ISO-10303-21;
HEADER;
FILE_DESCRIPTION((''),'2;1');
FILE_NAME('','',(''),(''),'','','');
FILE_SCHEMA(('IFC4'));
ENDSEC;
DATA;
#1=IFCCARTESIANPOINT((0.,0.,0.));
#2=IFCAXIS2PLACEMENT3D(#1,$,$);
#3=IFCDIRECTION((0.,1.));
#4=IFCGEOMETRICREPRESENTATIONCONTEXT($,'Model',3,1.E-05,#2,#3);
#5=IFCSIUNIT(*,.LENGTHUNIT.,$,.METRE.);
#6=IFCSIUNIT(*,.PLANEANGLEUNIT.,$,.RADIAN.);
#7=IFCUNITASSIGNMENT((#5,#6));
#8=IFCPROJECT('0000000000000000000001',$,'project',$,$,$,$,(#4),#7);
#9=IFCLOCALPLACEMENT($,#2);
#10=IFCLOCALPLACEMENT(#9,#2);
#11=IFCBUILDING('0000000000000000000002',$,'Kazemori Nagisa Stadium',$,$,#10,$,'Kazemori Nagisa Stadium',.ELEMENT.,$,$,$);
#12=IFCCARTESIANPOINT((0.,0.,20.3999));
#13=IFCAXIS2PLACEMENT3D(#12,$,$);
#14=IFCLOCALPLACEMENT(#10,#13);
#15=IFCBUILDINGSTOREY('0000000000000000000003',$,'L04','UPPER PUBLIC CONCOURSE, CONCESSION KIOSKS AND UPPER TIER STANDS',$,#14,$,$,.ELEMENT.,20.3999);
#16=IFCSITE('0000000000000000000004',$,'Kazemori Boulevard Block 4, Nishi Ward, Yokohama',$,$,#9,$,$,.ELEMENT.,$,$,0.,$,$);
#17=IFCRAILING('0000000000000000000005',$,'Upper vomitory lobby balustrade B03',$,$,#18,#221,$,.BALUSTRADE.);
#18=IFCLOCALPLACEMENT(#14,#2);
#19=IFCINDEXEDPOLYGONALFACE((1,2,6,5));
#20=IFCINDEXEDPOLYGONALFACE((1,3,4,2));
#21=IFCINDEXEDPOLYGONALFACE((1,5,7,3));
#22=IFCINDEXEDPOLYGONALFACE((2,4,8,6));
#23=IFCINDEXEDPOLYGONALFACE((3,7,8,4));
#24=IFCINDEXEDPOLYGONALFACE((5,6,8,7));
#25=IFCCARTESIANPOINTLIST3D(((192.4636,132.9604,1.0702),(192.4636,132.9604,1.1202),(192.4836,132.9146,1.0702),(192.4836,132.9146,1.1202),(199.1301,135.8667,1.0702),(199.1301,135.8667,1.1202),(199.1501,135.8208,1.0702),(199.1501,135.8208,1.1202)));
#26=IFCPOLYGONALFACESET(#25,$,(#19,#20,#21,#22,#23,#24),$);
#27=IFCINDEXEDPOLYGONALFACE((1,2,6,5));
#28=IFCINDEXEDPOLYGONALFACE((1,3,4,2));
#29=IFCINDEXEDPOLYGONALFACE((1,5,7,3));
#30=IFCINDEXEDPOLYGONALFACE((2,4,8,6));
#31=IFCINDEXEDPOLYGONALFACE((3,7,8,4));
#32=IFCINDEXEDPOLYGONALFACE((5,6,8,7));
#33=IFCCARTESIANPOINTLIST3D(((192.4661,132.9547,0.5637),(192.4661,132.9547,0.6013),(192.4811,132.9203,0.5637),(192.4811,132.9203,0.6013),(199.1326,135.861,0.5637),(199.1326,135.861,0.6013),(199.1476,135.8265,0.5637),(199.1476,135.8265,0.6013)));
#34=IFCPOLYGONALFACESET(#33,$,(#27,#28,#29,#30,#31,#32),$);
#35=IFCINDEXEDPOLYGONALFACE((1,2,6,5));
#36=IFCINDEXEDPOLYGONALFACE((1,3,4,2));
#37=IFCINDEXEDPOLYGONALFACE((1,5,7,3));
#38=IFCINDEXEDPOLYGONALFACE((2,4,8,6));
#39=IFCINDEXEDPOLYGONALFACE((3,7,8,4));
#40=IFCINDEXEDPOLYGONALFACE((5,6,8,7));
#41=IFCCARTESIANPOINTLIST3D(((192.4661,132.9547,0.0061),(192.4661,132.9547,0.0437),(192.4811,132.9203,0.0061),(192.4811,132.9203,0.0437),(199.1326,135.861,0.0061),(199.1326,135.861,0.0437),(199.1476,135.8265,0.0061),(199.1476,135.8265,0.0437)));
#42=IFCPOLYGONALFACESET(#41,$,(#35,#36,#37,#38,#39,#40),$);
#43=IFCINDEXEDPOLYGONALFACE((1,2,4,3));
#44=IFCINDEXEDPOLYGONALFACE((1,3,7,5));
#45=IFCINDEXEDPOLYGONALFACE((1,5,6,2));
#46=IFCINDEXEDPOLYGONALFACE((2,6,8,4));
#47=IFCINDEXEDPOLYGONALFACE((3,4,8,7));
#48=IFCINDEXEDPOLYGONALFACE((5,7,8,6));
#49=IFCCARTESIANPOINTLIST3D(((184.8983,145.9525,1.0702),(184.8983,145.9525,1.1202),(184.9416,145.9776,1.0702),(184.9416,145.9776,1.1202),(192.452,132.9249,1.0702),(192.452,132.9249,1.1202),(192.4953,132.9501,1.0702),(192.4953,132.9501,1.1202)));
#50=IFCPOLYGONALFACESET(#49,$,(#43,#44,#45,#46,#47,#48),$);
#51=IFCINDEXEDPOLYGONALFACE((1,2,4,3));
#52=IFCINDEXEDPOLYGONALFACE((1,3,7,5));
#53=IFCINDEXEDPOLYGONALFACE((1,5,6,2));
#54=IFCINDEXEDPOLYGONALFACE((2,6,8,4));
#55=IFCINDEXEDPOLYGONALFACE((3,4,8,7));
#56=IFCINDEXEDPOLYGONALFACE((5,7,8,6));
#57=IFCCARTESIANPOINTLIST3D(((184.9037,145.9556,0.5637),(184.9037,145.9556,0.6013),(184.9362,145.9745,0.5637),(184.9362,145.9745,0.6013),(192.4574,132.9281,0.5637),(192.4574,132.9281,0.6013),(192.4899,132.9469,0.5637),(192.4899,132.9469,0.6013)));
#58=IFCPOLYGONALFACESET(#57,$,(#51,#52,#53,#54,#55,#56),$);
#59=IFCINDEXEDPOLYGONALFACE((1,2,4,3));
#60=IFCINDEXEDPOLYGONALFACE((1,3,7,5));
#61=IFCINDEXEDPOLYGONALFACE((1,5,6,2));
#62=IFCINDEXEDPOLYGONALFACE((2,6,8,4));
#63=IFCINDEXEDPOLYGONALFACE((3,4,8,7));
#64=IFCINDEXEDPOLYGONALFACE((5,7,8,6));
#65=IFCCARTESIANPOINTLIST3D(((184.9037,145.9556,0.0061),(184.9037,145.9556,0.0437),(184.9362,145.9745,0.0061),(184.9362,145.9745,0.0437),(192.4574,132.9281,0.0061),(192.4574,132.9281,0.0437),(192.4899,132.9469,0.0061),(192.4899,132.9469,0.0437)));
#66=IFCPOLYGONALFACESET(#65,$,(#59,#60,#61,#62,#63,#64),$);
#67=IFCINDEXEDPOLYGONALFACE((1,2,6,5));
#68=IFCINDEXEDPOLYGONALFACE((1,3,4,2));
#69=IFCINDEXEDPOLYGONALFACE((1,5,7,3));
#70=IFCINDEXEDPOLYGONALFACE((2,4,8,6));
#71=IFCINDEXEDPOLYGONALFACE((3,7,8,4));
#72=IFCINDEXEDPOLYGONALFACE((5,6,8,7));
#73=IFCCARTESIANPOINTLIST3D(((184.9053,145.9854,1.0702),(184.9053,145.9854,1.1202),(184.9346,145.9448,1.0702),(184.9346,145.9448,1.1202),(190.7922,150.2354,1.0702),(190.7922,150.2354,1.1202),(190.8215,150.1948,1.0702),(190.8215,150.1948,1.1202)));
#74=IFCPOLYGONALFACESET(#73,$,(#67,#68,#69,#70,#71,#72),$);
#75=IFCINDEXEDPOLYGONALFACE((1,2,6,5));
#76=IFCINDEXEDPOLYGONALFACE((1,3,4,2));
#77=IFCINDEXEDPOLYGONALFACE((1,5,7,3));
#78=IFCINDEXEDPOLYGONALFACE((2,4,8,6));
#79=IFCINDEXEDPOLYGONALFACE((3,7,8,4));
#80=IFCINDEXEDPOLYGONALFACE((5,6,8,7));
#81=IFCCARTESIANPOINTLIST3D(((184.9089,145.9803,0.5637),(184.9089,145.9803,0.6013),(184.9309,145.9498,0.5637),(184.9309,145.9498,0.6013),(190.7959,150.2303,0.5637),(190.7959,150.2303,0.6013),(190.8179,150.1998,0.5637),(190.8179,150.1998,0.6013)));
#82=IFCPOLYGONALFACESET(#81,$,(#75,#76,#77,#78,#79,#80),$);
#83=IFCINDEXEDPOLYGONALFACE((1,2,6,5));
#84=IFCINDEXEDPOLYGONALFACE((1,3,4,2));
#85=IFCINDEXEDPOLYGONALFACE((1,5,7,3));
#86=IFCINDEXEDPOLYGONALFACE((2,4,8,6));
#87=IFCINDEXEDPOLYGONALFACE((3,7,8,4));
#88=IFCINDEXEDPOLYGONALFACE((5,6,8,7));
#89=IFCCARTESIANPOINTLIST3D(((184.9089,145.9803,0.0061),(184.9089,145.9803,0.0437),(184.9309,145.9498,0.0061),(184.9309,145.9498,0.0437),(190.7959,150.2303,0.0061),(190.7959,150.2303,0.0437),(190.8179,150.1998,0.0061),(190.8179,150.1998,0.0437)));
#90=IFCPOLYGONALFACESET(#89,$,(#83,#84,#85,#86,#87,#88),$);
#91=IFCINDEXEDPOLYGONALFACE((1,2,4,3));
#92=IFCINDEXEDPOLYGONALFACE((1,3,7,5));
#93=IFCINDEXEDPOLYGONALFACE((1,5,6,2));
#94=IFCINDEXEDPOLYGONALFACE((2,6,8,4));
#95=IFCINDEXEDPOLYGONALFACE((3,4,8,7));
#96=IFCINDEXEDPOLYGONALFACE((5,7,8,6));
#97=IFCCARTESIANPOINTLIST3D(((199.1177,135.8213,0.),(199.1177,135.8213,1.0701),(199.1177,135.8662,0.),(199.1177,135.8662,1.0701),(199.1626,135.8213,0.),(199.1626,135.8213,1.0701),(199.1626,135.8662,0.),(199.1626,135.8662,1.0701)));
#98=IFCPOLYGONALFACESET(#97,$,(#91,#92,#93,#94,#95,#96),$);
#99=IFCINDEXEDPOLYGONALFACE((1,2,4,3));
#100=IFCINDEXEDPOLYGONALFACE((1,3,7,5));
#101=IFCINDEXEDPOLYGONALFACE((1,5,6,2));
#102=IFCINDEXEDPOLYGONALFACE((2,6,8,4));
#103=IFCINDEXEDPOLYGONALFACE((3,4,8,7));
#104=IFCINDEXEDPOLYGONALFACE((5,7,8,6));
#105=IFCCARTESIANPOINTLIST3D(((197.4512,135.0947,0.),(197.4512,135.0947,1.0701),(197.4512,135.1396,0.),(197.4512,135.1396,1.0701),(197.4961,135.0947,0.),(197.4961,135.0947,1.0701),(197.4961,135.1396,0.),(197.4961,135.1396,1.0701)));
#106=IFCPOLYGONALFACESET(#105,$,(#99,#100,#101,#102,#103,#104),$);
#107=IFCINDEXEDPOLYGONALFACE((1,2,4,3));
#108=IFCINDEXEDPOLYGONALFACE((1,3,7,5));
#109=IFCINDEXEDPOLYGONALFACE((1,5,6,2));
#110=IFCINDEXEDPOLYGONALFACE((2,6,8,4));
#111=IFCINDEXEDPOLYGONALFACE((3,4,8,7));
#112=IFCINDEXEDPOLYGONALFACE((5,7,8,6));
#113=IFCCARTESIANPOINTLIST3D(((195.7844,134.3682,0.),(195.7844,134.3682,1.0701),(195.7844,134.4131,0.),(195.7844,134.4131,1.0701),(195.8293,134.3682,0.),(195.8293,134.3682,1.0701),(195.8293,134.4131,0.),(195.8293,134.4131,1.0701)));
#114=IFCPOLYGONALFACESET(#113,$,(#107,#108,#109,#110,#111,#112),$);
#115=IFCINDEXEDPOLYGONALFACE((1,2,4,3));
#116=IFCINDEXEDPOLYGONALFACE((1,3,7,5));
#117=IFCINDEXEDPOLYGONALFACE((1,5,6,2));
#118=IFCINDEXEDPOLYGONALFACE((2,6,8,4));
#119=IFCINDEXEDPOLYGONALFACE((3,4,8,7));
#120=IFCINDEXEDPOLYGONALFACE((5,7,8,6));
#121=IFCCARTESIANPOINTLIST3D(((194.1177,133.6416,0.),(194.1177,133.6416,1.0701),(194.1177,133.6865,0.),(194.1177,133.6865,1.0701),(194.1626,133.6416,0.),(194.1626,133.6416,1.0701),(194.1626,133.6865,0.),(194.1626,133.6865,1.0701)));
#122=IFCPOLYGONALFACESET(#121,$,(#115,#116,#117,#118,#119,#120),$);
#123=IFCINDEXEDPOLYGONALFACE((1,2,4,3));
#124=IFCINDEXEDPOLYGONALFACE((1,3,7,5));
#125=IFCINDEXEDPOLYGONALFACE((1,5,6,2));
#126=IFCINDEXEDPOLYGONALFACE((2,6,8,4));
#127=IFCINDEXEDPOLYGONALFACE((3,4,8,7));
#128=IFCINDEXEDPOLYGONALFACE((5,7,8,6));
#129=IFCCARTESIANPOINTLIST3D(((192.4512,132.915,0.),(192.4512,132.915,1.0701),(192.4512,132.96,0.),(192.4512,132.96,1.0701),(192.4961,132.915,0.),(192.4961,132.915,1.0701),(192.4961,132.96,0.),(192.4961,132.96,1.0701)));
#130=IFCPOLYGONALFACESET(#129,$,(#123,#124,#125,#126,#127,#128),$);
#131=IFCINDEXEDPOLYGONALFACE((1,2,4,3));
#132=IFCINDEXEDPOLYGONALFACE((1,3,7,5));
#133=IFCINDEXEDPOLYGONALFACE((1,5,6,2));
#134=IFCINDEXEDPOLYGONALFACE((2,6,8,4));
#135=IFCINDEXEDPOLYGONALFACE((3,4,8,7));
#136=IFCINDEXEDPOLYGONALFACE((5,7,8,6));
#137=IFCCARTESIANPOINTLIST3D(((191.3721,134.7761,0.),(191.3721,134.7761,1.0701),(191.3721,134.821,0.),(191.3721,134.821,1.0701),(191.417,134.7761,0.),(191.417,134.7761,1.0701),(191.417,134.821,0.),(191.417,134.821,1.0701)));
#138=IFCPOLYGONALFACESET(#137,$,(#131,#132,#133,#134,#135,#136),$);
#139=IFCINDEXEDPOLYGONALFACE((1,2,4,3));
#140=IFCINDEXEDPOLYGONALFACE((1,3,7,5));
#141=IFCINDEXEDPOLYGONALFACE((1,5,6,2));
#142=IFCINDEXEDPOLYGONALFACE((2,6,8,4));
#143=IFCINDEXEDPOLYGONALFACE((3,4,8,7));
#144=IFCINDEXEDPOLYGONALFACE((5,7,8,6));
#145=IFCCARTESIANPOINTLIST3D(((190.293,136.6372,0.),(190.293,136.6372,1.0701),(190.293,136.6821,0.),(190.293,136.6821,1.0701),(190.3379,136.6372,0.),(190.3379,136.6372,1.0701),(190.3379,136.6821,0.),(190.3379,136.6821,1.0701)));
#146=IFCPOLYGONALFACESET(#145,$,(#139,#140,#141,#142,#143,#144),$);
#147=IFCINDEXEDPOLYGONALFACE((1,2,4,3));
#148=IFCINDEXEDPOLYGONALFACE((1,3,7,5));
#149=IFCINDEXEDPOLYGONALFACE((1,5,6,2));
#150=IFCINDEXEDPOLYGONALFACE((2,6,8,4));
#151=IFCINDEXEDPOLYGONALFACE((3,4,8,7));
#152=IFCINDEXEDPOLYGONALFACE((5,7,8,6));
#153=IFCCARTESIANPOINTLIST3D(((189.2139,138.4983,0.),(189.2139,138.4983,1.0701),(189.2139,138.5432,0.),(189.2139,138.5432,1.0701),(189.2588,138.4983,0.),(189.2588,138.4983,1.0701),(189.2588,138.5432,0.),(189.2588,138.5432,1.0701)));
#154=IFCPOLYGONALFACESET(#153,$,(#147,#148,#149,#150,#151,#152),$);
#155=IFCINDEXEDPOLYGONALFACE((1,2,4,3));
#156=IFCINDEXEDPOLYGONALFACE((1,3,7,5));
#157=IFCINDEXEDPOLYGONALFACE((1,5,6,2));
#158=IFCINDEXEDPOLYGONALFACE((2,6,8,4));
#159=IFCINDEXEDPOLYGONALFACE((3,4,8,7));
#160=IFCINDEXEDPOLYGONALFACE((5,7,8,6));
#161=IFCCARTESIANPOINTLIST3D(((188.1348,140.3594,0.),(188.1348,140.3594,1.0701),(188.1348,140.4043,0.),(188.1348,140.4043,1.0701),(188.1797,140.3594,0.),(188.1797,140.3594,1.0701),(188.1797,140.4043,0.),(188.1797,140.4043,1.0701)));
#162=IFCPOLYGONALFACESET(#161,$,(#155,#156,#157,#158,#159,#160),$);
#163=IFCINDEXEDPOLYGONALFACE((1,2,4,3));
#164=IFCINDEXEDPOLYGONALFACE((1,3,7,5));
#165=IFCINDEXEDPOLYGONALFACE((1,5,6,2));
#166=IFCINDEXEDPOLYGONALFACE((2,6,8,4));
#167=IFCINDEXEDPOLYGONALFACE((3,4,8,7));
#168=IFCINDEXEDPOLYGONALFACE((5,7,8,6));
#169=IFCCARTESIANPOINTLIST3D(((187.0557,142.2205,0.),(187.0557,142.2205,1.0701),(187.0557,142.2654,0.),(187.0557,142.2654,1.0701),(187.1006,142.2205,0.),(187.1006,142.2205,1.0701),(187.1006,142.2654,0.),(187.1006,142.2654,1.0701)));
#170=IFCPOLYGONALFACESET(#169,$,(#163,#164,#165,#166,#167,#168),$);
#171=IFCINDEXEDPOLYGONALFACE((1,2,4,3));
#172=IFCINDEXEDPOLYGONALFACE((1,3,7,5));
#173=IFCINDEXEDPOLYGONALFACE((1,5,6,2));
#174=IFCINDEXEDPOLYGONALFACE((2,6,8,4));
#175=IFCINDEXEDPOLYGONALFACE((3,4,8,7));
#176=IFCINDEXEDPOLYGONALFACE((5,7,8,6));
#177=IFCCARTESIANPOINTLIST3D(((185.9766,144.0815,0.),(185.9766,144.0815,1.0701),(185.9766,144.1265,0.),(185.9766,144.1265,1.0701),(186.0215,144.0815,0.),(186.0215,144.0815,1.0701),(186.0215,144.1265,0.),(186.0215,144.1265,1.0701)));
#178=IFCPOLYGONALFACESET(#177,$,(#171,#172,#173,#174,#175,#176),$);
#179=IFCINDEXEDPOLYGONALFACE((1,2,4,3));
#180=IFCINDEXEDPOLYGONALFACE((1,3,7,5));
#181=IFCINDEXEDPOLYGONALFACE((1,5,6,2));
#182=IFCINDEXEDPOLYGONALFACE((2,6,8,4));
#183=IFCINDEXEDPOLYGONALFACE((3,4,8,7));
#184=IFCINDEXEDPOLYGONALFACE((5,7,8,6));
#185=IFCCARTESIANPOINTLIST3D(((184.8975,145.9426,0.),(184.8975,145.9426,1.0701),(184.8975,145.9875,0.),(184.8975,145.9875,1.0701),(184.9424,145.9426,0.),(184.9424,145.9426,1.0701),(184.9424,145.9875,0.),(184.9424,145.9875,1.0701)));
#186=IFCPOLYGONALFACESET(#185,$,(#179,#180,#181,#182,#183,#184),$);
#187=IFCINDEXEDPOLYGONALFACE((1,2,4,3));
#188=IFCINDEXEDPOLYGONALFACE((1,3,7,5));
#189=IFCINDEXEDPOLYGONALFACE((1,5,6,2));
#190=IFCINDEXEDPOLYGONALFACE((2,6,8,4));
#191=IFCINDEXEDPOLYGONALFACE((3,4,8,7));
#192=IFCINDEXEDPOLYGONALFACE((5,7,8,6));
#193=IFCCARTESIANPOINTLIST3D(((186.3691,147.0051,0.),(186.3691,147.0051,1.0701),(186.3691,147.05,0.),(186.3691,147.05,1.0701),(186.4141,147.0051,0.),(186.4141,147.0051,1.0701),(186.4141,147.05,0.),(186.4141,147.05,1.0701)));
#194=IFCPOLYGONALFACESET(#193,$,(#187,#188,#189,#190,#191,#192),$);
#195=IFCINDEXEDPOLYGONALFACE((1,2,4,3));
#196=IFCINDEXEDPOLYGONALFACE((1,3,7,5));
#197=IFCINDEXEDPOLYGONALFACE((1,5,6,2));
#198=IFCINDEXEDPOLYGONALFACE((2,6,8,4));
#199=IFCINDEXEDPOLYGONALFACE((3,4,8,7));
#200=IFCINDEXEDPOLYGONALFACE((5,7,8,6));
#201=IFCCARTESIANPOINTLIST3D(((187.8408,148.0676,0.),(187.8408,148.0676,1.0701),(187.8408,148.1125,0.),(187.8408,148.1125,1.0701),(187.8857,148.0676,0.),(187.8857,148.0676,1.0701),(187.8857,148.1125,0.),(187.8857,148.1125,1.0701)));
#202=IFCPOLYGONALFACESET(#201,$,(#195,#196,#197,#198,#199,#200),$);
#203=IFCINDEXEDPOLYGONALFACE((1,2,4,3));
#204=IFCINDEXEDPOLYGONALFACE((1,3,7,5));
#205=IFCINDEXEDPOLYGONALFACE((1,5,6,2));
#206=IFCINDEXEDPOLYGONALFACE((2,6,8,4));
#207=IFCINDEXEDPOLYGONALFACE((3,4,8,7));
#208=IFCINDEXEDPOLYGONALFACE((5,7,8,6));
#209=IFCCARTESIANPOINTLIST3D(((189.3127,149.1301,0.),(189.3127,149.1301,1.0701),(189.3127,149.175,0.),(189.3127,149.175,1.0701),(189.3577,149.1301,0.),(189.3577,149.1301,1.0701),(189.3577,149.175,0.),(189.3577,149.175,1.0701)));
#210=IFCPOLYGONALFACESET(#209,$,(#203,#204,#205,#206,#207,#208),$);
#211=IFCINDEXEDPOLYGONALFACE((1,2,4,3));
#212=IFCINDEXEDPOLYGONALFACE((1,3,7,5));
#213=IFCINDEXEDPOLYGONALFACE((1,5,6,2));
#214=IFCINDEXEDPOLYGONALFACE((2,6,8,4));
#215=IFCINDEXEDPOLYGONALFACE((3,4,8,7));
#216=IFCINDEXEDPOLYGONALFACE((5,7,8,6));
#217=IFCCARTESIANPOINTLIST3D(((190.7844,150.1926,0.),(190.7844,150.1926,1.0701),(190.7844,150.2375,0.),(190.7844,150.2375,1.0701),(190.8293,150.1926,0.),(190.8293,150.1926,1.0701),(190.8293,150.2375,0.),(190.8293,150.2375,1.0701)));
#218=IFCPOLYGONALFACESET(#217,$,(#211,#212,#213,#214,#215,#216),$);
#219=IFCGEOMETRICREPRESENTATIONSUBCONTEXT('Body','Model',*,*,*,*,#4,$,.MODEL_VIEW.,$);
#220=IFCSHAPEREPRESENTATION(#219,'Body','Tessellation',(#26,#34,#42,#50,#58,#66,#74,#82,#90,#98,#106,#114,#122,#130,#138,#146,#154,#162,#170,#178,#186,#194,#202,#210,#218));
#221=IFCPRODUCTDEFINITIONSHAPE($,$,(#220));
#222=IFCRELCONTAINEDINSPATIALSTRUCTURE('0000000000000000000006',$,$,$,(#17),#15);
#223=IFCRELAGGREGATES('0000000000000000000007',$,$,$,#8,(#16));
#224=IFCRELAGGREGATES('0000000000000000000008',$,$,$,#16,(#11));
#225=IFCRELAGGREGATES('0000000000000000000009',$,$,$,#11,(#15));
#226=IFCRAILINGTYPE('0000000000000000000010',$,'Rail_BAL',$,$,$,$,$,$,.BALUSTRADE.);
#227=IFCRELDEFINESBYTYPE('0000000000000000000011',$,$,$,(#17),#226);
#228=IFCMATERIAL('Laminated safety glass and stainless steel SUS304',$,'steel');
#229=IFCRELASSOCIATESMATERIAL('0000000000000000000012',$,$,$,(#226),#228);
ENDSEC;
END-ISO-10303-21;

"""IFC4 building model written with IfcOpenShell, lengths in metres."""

from ifc_helpers import new_model, si_unit, direction, frame, origin, origin_2d, place, context, subcontext, project, spatial, rectangle, extrude, material, type_object, element, save


model = new_model("IFC4")

# Units and contexts
model_context = context("Model", 3, precision=1e-05, world=origin(), true_north=direction((0.0, 1.0)))
body_context = subcontext(model_context, "Body", "Model", "MODEL_VIEW")
ifc_project = project(units=[si_unit("LENGTHUNIT", "METRE"), si_unit("PLANEANGLEUNIT", "RADIAN")], contexts=[model_context])

# Site, building, storey
site_placement = place(None, origin())
site = spatial("IfcSite", under=ifc_project, at=site_placement, Name="Kazemori Boulevard Block 4, Nishi Ward, Yokohama", CompositionType="ELEMENT", RefElevation=0.0)
building_placement = place(site_placement, origin())
building = spatial("IfcBuilding", under=site, at=building_placement, Name="Kazemori Nagisa Stadium", LongName="Kazemori Nagisa Stadium", CompositionType="ELEMENT")
storey_placement = place(building_placement, frame((0.0, 0.0, 20.3999)))
storey = spatial("IfcBuildingStorey", under=building, at=storey_placement, Name="L04", Description="UPPER PUBLIC CONCOURSE, CONCESSION KIOSKS AND UPPER TIER STANDS", CompositionType="ELEMENT", Elevation=20.3999)

# Railing
ifc_material_1 = material(Name="Laminated safety glass and stainless steel SUS304", Category="steel")
railing_type_1 = type_object("IfcRailingType", Name="Rail_BAL", PredefinedType="BALUSTRADE", material=ifc_material_1)
railing_1_placement = place(storey_placement, frame((199.1401, 135.8438, 0.0)))
element("IfcRailing", 1, at=railing_1_placement, inside=storey, type_object=railing_type_1, Name="Upper vomitory lobby balustrade B03", PredefinedType="BALUSTRADE", context=body_context, shape_type="SweptSolid", body=[
    extrude(rectangle(XDim=0.05, YDim=0.05, at=origin_2d()), frame((0.0, 0.0, 1.0952), z_axis=(-0.916679, -0.399624, 0.0), x_axis=(0.399624, -0.916679, 0.0)), (0.0, 0.0, 1.0), 7.2725),
    extrude(rectangle(XDim=0.0376, YDim=0.0376, at=origin_2d()), frame((0.0, 0.0, 0.5825), z_axis=(-0.916679, -0.399624, 0.0), x_axis=(0.399624, -0.916679, 0.0)), (0.0, 0.0, 1.0), 7.2725),
    extrude(rectangle(XDim=0.0376, YDim=0.0376, at=origin_2d()), frame((0.0, 0.0, 0.0249), z_axis=(-0.916679, -0.399624, 0.0), x_axis=(0.399624, -0.916679, 0.0)), (0.0, 0.0, 1.0), 7.2725),
    extrude(rectangle(XDim=0.05, YDim=0.05, at=origin_2d()), frame((-6.6665, -2.9062, 1.0952), z_axis=(-0.501604, 0.865097, 0.0), x_axis=(-0.865097, -0.501604, 0.0)), (0.0, 0.0, 1.0), 15.0591),
    extrude(rectangle(XDim=0.0376, YDim=0.0376, at=origin_2d()), frame((-6.6665, -2.9062, 0.5825), z_axis=(-0.501604, 0.865097, 0.0), x_axis=(-0.865097, -0.501604, 0.0)), (0.0, 0.0, 1.0), 15.0591),
    extrude(rectangle(XDim=0.0376, YDim=0.0376, at=origin_2d()), frame((-6.6665, -2.9062, 0.0249), z_axis=(-0.501604, 0.865097, 0.0), x_axis=(-0.865097, -0.501604, 0.0)), (0.0, 0.0, 1.0), 15.0591),
    extrude(rectangle(XDim=0.05, YDim=0.05, at=origin_2d()), frame((-14.2202, 10.1213, 1.0952), z_axis=(0.81079, 0.585337, 0.0), x_axis=(-0.585337, 0.81079, 0.0)), (0.0, 0.0, 1.0), 7.2607),
    extrude(rectangle(XDim=0.0376, YDim=0.0376, at=origin_2d()), frame((-14.2202, 10.1213, 0.5825), z_axis=(0.81079, 0.585337, 0.0), x_axis=(-0.585337, 0.81079, 0.0)), (0.0, 0.0, 1.0), 7.2607),
    extrude(rectangle(XDim=0.0376, YDim=0.0376, at=origin_2d()), frame((-14.2202, 10.1213, 0.0249), z_axis=(0.81079, 0.585337, 0.0), x_axis=(-0.585337, 0.81079, 0.0)), (0.0, 0.0, 1.0), 7.2607),
    extrude(rectangle(XDim=0.0449, YDim=0.0449, at=origin_2d()), origin(), (0.0, 0.0, 1.0), 1.0701),
    extrude(rectangle(XDim=0.0449, YDim=0.0449, at=origin_2d()), frame((-1.6665, -0.7266, 0.0)), (0.0, 0.0, 1.0), 1.0701),
    extrude(rectangle(XDim=0.0449, YDim=0.0449, at=origin_2d()), frame((-3.3333, -1.4531, 0.0)), (0.0, 0.0, 1.0), 1.0701),
    extrude(rectangle(XDim=0.0449, YDim=0.0449, at=origin_2d()), frame((-5.0, -2.1797, 0.0)), (0.0, 0.0, 1.0), 1.0701),
    extrude(rectangle(XDim=0.0449, YDim=0.0449, at=origin_2d()), frame((-6.6665, -2.9062, 0.0)), (0.0, 0.0, 1.0), 1.0701),
    extrude(rectangle(XDim=0.0449, YDim=0.0449, at=origin_2d()), frame((-7.7456, -1.0452, 0.0)), (0.0, 0.0, 1.0), 1.0701),
    extrude(rectangle(XDim=0.0449, YDim=0.0449, at=origin_2d()), frame((-8.8247, 0.8159, 0.0)), (0.0, 0.0, 1.0), 1.0701),
    extrude(rectangle(XDim=0.0449, YDim=0.0449, at=origin_2d()), frame((-9.9038, 2.677, 0.0)), (0.0, 0.0, 1.0), 1.0701),
    extrude(rectangle(XDim=0.0449, YDim=0.0449, at=origin_2d()), frame((-10.9829, 4.5381, 0.0)), (0.0, 0.0, 1.0), 1.0701),
    extrude(rectangle(XDim=0.0449, YDim=0.0449, at=origin_2d()), frame((-12.062, 6.3992, 0.0)), (0.0, 0.0, 1.0), 1.0701),
    extrude(rectangle(XDim=0.0449, YDim=0.0449, at=origin_2d()), frame((-13.1411, 8.2603, 0.0)), (0.0, 0.0, 1.0), 1.0701),
    extrude(rectangle(XDim=0.0449, YDim=0.0449, at=origin_2d()), frame((-14.2202, 10.1213, 0.0)), (0.0, 0.0, 1.0), 1.0701),
    extrude(rectangle(XDim=0.0449, YDim=0.0449, at=origin_2d()), frame((-12.7485, 11.1838, 0.0)), (0.0, 0.0, 1.0), 1.0701),
    extrude(rectangle(XDim=0.0449, YDim=0.0449, at=origin_2d()), frame((-11.2769, 12.2463, 0.0)), (0.0, 0.0, 1.0), 1.0701),
    extrude(rectangle(XDim=0.0449, YDim=0.0449, at=origin_2d()), frame((-9.8049, 13.3088, 0.0)), (0.0, 0.0, 1.0), 1.0701),
    extrude(rectangle(XDim=0.0449, YDim=0.0449, at=origin_2d()), frame((-8.3333, 14.3713, 0.0)), (0.0, 0.0, 1.0), 1.0701),
])

save(model, "model.ifc")
